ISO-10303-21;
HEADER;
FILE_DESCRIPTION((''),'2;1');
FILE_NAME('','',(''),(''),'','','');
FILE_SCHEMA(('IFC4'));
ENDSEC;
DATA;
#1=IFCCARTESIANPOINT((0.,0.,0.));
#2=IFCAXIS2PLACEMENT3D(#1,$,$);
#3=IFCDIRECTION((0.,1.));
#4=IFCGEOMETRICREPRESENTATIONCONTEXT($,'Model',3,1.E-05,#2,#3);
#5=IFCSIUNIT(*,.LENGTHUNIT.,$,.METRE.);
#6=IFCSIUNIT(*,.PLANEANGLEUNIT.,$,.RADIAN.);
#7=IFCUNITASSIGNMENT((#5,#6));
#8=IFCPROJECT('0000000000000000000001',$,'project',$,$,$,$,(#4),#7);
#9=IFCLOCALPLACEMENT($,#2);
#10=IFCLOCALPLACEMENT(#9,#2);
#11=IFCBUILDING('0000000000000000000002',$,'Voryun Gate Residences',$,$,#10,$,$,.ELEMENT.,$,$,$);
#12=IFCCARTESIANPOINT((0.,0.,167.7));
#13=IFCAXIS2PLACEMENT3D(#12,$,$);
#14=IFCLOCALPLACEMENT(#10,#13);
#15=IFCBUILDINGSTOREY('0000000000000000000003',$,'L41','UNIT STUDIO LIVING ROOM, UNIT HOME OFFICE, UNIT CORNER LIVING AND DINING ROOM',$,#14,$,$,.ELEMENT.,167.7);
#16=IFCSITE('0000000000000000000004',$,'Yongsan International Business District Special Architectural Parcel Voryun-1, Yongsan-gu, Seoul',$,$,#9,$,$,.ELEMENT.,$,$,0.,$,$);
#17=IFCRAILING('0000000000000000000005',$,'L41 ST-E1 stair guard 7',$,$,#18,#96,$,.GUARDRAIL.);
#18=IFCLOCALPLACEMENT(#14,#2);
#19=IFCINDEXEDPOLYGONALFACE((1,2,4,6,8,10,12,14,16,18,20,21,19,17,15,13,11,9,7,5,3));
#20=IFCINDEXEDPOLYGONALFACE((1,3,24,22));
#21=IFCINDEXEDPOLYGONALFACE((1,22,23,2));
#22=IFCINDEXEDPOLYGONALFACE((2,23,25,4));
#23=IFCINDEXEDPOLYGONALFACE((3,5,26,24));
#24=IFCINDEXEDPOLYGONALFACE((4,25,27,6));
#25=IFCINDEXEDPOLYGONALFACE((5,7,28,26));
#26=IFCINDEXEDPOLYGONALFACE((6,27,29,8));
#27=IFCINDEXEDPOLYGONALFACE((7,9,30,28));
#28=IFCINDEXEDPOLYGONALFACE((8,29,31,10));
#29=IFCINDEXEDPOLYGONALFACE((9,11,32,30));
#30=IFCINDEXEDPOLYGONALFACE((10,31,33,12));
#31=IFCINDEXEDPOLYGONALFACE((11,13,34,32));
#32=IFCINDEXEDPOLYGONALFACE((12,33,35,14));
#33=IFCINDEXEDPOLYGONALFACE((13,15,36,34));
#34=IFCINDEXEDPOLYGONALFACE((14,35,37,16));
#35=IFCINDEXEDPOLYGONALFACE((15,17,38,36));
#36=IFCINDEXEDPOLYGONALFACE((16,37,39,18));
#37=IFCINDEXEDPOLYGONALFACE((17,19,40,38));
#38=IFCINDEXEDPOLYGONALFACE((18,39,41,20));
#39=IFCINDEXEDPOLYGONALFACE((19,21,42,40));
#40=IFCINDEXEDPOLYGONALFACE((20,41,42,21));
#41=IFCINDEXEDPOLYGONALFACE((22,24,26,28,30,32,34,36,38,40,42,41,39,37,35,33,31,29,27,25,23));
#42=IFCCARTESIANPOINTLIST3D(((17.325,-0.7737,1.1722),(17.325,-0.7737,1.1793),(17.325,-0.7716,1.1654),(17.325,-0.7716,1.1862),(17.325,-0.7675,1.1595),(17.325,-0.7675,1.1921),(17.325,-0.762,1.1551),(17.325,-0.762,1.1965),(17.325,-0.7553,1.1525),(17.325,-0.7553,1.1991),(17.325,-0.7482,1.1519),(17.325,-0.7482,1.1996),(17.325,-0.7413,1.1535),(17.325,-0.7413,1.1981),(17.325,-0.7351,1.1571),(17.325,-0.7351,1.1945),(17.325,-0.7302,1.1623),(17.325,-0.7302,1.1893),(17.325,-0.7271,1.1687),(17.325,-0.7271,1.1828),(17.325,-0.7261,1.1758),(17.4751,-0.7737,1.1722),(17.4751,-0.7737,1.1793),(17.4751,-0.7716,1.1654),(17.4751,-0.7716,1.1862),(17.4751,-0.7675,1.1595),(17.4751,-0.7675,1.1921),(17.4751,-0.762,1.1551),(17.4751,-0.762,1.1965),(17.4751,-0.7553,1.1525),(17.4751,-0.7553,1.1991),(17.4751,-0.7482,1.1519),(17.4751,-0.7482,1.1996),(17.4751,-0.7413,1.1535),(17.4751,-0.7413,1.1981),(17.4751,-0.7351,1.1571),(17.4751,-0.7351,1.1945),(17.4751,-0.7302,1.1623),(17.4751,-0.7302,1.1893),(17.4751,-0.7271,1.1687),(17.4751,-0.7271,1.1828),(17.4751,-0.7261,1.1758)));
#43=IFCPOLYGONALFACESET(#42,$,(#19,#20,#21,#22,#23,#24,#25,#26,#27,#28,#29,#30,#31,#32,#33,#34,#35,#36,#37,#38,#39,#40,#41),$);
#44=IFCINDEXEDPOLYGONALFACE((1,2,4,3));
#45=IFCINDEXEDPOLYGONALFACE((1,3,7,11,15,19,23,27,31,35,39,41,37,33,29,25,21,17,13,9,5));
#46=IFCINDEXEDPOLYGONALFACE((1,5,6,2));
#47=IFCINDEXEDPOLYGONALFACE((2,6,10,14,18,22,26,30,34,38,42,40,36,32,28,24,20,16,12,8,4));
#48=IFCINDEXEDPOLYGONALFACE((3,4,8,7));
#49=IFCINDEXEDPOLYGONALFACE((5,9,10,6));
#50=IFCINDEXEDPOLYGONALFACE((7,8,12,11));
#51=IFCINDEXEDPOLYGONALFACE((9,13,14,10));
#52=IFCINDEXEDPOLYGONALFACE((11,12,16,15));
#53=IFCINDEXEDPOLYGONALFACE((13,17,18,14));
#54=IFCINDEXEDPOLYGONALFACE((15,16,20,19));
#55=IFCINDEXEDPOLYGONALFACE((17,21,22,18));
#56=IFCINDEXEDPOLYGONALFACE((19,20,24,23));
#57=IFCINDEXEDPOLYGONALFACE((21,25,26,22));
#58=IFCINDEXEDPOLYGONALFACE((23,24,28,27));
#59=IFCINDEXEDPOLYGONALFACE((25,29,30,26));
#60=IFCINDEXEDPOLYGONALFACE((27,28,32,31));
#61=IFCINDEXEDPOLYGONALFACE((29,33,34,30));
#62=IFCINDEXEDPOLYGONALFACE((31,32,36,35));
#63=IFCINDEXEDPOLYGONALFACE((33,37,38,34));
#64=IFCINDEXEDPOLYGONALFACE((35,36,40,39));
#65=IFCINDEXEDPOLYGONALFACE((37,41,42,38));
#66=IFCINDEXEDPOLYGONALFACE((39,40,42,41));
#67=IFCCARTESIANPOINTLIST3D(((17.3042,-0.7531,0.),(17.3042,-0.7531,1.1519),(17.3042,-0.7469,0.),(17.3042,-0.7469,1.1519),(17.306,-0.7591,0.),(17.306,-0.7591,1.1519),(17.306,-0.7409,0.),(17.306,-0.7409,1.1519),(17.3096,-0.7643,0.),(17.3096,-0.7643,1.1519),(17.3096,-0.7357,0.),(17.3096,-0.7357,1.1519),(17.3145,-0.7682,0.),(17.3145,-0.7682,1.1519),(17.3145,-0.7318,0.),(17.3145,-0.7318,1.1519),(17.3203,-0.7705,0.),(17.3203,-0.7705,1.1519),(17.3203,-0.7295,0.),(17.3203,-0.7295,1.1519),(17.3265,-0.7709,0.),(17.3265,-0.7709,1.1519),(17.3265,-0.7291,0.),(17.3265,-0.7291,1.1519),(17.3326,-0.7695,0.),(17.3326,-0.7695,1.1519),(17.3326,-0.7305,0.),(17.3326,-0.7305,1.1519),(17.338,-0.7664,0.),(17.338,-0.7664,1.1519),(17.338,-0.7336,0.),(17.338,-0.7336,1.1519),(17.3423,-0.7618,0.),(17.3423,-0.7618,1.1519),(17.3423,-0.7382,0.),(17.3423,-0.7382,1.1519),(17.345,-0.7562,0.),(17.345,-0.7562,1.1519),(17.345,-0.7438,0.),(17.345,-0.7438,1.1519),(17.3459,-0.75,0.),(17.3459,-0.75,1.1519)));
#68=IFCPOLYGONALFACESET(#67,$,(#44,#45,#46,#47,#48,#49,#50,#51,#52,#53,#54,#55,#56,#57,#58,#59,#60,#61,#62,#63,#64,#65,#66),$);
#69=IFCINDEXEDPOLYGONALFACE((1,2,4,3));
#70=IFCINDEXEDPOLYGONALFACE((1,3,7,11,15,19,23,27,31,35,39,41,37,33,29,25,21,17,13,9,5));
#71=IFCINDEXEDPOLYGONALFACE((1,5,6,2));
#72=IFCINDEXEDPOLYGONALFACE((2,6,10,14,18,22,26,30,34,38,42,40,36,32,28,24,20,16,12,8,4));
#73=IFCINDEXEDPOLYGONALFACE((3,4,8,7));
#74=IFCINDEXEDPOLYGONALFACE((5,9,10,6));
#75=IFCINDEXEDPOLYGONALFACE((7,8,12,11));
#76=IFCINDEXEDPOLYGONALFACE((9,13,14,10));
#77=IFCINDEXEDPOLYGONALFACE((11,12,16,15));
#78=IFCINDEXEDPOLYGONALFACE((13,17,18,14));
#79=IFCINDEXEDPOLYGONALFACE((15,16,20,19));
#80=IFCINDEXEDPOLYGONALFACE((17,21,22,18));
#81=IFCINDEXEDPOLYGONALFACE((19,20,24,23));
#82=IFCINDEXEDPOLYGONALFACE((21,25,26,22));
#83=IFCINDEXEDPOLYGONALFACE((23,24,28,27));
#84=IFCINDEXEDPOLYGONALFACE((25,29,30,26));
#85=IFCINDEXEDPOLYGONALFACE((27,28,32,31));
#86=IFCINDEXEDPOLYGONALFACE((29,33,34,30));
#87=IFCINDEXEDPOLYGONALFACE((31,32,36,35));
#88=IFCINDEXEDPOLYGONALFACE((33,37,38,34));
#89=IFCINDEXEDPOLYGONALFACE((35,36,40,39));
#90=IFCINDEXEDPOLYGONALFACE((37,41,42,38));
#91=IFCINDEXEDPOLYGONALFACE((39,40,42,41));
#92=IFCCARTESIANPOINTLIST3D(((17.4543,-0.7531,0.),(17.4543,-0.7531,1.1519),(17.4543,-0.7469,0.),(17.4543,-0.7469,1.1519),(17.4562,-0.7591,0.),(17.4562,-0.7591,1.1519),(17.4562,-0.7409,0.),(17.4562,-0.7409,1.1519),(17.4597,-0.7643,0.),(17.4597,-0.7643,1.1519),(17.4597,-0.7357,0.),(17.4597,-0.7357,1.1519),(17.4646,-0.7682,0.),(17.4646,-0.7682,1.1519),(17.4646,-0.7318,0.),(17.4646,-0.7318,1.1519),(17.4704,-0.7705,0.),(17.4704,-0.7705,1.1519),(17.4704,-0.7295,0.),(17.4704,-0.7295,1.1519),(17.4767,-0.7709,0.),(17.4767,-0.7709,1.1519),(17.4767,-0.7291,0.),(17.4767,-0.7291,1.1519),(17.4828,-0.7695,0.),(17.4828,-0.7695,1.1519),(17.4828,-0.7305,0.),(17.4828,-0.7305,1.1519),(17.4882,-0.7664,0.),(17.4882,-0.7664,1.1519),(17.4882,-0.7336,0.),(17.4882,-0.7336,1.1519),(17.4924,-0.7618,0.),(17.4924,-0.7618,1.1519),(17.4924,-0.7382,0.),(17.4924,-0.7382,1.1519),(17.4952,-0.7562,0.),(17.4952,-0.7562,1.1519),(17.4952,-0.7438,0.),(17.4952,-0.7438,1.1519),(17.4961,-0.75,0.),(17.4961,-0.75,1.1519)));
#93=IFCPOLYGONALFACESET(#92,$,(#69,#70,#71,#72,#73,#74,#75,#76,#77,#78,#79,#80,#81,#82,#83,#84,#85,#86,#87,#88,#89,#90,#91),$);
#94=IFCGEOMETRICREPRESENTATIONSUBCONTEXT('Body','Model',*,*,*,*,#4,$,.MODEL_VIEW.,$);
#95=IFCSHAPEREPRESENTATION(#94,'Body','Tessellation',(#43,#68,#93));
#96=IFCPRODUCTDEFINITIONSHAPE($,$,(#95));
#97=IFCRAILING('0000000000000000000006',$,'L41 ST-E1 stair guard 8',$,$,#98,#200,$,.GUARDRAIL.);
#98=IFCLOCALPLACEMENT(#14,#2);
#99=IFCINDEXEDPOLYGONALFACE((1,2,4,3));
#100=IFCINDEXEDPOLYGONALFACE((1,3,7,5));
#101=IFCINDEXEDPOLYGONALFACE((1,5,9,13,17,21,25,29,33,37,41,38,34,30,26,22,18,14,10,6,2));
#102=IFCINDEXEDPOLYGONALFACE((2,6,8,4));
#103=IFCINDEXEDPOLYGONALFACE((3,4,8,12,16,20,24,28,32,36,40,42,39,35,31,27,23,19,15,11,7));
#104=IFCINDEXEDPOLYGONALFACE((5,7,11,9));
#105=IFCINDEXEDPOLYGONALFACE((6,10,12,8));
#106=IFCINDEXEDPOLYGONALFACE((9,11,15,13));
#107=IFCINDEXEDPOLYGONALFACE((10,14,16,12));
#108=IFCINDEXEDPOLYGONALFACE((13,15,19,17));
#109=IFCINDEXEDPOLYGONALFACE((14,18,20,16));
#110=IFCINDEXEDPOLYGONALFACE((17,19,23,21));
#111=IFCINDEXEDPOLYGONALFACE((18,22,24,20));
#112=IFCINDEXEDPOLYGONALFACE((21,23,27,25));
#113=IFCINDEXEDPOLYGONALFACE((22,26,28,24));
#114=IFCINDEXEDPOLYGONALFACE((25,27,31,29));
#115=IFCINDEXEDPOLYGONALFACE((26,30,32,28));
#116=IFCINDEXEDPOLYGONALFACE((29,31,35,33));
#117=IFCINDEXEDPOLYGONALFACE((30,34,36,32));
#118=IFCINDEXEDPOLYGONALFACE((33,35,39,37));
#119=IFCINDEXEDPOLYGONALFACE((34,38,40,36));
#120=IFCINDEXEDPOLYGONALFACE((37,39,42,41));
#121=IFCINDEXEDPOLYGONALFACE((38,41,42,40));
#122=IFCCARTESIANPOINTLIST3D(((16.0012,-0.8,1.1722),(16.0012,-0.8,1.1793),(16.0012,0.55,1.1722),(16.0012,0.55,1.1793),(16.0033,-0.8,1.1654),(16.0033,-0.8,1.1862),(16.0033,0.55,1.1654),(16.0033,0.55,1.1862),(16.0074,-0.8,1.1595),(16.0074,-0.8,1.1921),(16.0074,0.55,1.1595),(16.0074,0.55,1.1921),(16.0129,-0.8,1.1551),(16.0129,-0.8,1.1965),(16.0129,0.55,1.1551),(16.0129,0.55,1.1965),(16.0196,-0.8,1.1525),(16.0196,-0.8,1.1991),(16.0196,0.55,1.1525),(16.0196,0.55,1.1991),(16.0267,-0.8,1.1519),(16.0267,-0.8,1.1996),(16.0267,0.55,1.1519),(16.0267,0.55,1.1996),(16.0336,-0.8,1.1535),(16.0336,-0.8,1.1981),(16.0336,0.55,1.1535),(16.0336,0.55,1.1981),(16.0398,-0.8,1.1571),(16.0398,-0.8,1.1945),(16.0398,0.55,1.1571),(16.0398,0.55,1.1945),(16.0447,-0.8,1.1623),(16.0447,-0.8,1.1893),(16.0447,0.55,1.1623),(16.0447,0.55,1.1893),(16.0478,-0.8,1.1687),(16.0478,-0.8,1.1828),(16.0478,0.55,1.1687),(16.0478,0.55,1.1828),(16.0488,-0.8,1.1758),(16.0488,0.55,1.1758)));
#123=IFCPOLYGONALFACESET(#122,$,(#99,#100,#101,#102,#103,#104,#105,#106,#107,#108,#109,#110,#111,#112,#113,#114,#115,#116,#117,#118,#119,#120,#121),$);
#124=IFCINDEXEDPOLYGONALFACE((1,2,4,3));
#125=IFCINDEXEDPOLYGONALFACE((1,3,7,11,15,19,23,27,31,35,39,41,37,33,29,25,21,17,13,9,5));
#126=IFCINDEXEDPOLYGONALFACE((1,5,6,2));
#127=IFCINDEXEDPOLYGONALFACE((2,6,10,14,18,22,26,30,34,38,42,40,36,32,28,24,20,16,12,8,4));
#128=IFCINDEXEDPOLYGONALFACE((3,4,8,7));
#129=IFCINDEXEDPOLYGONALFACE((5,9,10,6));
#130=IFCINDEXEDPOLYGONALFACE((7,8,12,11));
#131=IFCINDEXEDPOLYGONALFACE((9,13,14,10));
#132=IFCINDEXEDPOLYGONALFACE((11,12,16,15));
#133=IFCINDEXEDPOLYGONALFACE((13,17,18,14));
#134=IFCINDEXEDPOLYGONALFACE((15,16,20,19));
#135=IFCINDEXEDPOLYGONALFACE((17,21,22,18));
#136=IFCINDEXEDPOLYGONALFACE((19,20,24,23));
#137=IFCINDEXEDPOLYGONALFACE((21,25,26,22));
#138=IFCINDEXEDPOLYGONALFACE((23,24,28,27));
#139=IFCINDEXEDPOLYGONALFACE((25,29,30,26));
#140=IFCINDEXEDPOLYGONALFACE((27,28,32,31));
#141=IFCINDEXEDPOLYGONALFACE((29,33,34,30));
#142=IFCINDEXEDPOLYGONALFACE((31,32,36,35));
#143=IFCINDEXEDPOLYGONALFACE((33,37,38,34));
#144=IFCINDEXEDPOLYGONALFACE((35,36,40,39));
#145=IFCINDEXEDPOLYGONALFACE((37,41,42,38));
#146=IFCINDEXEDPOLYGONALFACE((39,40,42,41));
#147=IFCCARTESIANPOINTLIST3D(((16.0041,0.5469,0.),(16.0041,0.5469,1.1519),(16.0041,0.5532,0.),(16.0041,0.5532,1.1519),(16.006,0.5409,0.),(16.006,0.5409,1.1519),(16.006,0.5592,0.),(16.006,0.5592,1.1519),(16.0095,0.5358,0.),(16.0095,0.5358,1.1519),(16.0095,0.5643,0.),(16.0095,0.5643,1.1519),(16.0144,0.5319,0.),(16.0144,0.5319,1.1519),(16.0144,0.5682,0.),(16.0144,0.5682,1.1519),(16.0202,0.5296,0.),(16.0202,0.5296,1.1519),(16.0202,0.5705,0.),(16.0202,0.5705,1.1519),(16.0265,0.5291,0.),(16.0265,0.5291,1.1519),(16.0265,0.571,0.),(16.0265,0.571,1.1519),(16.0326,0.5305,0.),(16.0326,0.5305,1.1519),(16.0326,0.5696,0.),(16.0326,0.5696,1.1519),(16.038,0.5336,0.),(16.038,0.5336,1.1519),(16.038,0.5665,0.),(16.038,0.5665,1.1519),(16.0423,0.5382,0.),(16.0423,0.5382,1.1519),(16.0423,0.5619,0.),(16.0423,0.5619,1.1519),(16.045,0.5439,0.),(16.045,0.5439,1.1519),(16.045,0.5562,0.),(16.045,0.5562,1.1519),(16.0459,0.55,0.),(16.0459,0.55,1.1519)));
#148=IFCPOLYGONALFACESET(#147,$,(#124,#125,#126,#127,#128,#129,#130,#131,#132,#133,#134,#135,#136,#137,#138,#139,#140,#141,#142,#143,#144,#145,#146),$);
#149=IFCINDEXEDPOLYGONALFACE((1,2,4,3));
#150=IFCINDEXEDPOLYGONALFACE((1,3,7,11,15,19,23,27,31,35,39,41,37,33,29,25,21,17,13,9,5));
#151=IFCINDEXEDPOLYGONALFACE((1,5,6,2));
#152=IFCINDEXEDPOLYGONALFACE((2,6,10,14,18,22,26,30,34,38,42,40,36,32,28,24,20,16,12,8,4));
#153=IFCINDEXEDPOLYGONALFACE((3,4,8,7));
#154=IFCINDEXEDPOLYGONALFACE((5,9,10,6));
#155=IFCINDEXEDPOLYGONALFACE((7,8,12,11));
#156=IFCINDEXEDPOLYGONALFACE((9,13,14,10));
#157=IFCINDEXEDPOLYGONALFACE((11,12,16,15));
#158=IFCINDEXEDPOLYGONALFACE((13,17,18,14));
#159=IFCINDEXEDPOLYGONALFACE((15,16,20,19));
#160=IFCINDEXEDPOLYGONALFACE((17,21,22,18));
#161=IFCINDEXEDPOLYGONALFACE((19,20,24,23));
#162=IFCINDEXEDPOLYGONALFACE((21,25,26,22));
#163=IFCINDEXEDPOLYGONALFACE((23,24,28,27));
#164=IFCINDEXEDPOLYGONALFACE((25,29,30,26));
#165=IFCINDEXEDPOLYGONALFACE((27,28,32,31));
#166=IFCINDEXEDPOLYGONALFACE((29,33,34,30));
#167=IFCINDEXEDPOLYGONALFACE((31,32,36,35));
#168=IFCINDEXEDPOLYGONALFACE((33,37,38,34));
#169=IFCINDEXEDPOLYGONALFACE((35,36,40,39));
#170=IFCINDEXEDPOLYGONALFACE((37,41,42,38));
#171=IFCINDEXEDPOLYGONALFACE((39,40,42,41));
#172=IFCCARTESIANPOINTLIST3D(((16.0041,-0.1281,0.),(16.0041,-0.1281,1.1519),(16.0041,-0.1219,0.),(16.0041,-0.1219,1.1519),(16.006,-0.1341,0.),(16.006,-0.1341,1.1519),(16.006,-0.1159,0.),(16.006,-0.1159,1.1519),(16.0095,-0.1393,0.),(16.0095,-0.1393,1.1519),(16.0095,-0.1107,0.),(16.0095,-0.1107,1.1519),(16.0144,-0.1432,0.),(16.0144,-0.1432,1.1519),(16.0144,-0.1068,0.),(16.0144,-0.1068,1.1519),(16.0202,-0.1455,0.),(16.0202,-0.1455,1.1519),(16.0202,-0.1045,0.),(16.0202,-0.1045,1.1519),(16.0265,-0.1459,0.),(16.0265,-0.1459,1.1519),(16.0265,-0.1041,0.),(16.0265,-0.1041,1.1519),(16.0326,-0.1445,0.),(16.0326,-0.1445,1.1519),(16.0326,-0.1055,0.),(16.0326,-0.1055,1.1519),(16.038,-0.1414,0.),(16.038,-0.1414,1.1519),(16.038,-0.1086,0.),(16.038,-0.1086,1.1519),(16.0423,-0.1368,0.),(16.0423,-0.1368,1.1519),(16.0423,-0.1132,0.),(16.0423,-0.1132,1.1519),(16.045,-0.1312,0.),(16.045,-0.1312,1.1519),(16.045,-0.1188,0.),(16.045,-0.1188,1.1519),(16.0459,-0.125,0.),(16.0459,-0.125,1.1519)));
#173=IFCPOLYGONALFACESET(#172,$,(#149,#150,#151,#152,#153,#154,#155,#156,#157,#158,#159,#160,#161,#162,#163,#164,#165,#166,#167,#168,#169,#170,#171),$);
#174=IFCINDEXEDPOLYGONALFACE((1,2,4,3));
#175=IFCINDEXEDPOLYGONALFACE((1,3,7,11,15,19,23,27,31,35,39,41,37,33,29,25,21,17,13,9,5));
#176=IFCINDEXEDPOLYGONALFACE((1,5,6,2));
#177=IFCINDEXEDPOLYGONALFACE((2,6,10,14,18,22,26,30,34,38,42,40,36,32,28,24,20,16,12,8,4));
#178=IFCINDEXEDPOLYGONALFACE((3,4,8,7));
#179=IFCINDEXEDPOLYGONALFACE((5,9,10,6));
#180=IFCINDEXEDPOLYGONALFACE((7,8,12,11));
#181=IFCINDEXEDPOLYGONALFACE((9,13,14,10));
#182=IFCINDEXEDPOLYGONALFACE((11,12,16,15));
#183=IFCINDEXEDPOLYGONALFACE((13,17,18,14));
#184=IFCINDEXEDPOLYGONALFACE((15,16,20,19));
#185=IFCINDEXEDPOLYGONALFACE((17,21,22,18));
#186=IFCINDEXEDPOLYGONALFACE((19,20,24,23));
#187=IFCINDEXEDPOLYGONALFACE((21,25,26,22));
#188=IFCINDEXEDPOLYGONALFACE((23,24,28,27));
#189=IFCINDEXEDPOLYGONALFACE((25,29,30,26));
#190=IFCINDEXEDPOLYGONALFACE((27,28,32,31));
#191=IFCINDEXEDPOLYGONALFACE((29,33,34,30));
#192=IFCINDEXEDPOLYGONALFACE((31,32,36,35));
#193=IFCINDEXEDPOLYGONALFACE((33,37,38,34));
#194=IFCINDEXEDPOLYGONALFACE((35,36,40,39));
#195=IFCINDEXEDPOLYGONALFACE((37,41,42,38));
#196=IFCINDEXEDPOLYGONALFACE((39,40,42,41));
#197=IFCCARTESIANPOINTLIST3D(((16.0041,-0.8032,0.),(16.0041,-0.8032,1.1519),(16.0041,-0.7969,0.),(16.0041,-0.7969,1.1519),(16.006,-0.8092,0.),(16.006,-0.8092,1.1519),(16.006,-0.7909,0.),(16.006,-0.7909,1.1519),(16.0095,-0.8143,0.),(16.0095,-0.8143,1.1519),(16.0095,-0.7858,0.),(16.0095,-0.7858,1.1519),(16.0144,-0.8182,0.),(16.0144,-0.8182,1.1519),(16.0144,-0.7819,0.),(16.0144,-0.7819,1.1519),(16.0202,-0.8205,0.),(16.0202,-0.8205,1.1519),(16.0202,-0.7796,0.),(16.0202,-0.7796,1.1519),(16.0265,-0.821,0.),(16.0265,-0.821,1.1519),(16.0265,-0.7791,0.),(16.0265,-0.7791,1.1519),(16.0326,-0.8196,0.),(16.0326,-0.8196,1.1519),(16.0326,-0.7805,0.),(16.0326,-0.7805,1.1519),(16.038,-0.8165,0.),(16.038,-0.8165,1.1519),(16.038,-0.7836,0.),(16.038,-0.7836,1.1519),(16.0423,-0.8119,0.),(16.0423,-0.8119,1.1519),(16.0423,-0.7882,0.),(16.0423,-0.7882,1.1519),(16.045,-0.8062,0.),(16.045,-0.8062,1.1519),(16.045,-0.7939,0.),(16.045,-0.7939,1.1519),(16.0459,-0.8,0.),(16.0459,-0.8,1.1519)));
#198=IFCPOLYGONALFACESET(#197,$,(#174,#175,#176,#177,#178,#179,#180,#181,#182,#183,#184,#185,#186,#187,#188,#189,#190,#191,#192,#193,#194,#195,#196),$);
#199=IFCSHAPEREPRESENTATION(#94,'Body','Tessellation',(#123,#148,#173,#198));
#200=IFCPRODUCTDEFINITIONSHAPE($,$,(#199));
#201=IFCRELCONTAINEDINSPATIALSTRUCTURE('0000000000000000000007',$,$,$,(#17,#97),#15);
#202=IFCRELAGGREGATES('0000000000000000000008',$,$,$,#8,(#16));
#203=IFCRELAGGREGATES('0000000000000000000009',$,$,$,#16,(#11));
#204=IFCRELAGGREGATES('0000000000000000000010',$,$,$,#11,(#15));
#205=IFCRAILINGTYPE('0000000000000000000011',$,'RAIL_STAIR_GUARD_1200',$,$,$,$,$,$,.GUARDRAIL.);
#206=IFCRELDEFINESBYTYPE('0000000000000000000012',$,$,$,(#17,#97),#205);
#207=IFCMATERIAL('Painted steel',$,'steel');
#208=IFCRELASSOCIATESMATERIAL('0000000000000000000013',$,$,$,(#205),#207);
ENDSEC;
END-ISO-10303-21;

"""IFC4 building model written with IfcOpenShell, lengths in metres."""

from ifc_helpers import new_model, si_unit, direction, frame, origin, origin_2d, place, context, subcontext, project, spatial, circle, extrude, material, type_object, element, save


model = new_model("IFC4")

# Units and contexts
model_context = context("Model", 3, precision=1e-05, world=origin(), true_north=direction((0.0, 1.0)))
body_context = subcontext(model_context, "Body", "Model", "MODEL_VIEW")
ifc_project = project(units=[si_unit("LENGTHUNIT", "METRE"), si_unit("PLANEANGLEUNIT", "RADIAN")], contexts=[model_context])

# Site, building, storey
site_placement = place(None, origin())
site = spatial("IfcSite", under=ifc_project, at=site_placement, Name="Yongsan International Business District Special Architectural Parcel Voryun-1, Yongsan-gu, Seoul", CompositionType="ELEMENT", RefElevation=0.0)
building_placement = place(site_placement, origin())
building = spatial("IfcBuilding", under=site, at=building_placement, Name="Voryun Gate Residences", CompositionType="ELEMENT")
storey_placement = place(building_placement, frame((0.0, 0.0, 167.7)))
storey = spatial("IfcBuildingStorey", under=building, at=storey_placement, Name="L41", Description="UNIT STUDIO LIVING ROOM, UNIT HOME OFFICE, UNIT CORNER LIVING AND DINING ROOM", CompositionType="ELEMENT", Elevation=167.7)

# Railings
ifc_material_1 = material(Name="Painted steel", Category="steel")
railing_type_1 = type_object("IfcRailingType", Name="RAIL_STAIR_GUARD_1200", PredefinedType="GUARDRAIL", material=ifc_material_1)
railing_1_placement = place(storey_placement, frame((17.325, -0.75, 0.0)))
element("IfcRailing", 1, at=railing_1_placement, inside=storey, type_object=railing_type_1, Name="L41 ST-E1 stair guard 7", PredefinedType="GUARDRAIL", context=body_context, shape_type="SweptSolid", body=[
    extrude(circle(Radius=0.0239, at=origin_2d()), frame((0.0, 0.0, 1.1758), z_axis=(1.0, 0.0, 0.0), x_axis=(0.0, 1.0, 0.0)), (0.0, 0.0, 1.0), 0.1501),
    extrude(circle(Radius=0.021, at=origin_2d()), origin(), (0.0, 0.0, 1.0), 1.1519),
    extrude(circle(Radius=0.021, at=origin_2d()), frame((0.1501, 0.0, 0.0)), (0.0, 0.0, 1.0), 1.1519),
])
for number, where, name in (
    (2, (16.0249, 0.55, 0.0), "L41 ST-E1 stair guard 8"),
):
    element("IfcRailing", number, at=place(storey_placement, frame(where)), inside=storey, type_object=railing_type_1, Name=name, PredefinedType="GUARDRAIL", context=body_context, shape_type="SweptSolid", body=[
        extrude(circle(Radius=0.0239, at=origin_2d()), frame((0.0, 0.0, 1.1758), z_axis=(0.0, -1.0, 0.0), x_axis=(1.0, 0.0, 0.0)), (0.0, 0.0, 1.0), 1.3501),
        extrude(circle(Radius=0.021, at=origin_2d()), origin(), (0.0, 0.0, 1.0), 1.1519),
        extrude(circle(Radius=0.021, at=origin_2d()), frame((0.0, -0.675, 0.0)), (0.0, 0.0, 1.0), 1.1519),
        extrude(circle(Radius=0.021, at=origin_2d()), frame((0.0, -1.3501, 0.0)), (0.0, 0.0, 1.0), 1.1519),
    ])

save(model, "model.ifc")
